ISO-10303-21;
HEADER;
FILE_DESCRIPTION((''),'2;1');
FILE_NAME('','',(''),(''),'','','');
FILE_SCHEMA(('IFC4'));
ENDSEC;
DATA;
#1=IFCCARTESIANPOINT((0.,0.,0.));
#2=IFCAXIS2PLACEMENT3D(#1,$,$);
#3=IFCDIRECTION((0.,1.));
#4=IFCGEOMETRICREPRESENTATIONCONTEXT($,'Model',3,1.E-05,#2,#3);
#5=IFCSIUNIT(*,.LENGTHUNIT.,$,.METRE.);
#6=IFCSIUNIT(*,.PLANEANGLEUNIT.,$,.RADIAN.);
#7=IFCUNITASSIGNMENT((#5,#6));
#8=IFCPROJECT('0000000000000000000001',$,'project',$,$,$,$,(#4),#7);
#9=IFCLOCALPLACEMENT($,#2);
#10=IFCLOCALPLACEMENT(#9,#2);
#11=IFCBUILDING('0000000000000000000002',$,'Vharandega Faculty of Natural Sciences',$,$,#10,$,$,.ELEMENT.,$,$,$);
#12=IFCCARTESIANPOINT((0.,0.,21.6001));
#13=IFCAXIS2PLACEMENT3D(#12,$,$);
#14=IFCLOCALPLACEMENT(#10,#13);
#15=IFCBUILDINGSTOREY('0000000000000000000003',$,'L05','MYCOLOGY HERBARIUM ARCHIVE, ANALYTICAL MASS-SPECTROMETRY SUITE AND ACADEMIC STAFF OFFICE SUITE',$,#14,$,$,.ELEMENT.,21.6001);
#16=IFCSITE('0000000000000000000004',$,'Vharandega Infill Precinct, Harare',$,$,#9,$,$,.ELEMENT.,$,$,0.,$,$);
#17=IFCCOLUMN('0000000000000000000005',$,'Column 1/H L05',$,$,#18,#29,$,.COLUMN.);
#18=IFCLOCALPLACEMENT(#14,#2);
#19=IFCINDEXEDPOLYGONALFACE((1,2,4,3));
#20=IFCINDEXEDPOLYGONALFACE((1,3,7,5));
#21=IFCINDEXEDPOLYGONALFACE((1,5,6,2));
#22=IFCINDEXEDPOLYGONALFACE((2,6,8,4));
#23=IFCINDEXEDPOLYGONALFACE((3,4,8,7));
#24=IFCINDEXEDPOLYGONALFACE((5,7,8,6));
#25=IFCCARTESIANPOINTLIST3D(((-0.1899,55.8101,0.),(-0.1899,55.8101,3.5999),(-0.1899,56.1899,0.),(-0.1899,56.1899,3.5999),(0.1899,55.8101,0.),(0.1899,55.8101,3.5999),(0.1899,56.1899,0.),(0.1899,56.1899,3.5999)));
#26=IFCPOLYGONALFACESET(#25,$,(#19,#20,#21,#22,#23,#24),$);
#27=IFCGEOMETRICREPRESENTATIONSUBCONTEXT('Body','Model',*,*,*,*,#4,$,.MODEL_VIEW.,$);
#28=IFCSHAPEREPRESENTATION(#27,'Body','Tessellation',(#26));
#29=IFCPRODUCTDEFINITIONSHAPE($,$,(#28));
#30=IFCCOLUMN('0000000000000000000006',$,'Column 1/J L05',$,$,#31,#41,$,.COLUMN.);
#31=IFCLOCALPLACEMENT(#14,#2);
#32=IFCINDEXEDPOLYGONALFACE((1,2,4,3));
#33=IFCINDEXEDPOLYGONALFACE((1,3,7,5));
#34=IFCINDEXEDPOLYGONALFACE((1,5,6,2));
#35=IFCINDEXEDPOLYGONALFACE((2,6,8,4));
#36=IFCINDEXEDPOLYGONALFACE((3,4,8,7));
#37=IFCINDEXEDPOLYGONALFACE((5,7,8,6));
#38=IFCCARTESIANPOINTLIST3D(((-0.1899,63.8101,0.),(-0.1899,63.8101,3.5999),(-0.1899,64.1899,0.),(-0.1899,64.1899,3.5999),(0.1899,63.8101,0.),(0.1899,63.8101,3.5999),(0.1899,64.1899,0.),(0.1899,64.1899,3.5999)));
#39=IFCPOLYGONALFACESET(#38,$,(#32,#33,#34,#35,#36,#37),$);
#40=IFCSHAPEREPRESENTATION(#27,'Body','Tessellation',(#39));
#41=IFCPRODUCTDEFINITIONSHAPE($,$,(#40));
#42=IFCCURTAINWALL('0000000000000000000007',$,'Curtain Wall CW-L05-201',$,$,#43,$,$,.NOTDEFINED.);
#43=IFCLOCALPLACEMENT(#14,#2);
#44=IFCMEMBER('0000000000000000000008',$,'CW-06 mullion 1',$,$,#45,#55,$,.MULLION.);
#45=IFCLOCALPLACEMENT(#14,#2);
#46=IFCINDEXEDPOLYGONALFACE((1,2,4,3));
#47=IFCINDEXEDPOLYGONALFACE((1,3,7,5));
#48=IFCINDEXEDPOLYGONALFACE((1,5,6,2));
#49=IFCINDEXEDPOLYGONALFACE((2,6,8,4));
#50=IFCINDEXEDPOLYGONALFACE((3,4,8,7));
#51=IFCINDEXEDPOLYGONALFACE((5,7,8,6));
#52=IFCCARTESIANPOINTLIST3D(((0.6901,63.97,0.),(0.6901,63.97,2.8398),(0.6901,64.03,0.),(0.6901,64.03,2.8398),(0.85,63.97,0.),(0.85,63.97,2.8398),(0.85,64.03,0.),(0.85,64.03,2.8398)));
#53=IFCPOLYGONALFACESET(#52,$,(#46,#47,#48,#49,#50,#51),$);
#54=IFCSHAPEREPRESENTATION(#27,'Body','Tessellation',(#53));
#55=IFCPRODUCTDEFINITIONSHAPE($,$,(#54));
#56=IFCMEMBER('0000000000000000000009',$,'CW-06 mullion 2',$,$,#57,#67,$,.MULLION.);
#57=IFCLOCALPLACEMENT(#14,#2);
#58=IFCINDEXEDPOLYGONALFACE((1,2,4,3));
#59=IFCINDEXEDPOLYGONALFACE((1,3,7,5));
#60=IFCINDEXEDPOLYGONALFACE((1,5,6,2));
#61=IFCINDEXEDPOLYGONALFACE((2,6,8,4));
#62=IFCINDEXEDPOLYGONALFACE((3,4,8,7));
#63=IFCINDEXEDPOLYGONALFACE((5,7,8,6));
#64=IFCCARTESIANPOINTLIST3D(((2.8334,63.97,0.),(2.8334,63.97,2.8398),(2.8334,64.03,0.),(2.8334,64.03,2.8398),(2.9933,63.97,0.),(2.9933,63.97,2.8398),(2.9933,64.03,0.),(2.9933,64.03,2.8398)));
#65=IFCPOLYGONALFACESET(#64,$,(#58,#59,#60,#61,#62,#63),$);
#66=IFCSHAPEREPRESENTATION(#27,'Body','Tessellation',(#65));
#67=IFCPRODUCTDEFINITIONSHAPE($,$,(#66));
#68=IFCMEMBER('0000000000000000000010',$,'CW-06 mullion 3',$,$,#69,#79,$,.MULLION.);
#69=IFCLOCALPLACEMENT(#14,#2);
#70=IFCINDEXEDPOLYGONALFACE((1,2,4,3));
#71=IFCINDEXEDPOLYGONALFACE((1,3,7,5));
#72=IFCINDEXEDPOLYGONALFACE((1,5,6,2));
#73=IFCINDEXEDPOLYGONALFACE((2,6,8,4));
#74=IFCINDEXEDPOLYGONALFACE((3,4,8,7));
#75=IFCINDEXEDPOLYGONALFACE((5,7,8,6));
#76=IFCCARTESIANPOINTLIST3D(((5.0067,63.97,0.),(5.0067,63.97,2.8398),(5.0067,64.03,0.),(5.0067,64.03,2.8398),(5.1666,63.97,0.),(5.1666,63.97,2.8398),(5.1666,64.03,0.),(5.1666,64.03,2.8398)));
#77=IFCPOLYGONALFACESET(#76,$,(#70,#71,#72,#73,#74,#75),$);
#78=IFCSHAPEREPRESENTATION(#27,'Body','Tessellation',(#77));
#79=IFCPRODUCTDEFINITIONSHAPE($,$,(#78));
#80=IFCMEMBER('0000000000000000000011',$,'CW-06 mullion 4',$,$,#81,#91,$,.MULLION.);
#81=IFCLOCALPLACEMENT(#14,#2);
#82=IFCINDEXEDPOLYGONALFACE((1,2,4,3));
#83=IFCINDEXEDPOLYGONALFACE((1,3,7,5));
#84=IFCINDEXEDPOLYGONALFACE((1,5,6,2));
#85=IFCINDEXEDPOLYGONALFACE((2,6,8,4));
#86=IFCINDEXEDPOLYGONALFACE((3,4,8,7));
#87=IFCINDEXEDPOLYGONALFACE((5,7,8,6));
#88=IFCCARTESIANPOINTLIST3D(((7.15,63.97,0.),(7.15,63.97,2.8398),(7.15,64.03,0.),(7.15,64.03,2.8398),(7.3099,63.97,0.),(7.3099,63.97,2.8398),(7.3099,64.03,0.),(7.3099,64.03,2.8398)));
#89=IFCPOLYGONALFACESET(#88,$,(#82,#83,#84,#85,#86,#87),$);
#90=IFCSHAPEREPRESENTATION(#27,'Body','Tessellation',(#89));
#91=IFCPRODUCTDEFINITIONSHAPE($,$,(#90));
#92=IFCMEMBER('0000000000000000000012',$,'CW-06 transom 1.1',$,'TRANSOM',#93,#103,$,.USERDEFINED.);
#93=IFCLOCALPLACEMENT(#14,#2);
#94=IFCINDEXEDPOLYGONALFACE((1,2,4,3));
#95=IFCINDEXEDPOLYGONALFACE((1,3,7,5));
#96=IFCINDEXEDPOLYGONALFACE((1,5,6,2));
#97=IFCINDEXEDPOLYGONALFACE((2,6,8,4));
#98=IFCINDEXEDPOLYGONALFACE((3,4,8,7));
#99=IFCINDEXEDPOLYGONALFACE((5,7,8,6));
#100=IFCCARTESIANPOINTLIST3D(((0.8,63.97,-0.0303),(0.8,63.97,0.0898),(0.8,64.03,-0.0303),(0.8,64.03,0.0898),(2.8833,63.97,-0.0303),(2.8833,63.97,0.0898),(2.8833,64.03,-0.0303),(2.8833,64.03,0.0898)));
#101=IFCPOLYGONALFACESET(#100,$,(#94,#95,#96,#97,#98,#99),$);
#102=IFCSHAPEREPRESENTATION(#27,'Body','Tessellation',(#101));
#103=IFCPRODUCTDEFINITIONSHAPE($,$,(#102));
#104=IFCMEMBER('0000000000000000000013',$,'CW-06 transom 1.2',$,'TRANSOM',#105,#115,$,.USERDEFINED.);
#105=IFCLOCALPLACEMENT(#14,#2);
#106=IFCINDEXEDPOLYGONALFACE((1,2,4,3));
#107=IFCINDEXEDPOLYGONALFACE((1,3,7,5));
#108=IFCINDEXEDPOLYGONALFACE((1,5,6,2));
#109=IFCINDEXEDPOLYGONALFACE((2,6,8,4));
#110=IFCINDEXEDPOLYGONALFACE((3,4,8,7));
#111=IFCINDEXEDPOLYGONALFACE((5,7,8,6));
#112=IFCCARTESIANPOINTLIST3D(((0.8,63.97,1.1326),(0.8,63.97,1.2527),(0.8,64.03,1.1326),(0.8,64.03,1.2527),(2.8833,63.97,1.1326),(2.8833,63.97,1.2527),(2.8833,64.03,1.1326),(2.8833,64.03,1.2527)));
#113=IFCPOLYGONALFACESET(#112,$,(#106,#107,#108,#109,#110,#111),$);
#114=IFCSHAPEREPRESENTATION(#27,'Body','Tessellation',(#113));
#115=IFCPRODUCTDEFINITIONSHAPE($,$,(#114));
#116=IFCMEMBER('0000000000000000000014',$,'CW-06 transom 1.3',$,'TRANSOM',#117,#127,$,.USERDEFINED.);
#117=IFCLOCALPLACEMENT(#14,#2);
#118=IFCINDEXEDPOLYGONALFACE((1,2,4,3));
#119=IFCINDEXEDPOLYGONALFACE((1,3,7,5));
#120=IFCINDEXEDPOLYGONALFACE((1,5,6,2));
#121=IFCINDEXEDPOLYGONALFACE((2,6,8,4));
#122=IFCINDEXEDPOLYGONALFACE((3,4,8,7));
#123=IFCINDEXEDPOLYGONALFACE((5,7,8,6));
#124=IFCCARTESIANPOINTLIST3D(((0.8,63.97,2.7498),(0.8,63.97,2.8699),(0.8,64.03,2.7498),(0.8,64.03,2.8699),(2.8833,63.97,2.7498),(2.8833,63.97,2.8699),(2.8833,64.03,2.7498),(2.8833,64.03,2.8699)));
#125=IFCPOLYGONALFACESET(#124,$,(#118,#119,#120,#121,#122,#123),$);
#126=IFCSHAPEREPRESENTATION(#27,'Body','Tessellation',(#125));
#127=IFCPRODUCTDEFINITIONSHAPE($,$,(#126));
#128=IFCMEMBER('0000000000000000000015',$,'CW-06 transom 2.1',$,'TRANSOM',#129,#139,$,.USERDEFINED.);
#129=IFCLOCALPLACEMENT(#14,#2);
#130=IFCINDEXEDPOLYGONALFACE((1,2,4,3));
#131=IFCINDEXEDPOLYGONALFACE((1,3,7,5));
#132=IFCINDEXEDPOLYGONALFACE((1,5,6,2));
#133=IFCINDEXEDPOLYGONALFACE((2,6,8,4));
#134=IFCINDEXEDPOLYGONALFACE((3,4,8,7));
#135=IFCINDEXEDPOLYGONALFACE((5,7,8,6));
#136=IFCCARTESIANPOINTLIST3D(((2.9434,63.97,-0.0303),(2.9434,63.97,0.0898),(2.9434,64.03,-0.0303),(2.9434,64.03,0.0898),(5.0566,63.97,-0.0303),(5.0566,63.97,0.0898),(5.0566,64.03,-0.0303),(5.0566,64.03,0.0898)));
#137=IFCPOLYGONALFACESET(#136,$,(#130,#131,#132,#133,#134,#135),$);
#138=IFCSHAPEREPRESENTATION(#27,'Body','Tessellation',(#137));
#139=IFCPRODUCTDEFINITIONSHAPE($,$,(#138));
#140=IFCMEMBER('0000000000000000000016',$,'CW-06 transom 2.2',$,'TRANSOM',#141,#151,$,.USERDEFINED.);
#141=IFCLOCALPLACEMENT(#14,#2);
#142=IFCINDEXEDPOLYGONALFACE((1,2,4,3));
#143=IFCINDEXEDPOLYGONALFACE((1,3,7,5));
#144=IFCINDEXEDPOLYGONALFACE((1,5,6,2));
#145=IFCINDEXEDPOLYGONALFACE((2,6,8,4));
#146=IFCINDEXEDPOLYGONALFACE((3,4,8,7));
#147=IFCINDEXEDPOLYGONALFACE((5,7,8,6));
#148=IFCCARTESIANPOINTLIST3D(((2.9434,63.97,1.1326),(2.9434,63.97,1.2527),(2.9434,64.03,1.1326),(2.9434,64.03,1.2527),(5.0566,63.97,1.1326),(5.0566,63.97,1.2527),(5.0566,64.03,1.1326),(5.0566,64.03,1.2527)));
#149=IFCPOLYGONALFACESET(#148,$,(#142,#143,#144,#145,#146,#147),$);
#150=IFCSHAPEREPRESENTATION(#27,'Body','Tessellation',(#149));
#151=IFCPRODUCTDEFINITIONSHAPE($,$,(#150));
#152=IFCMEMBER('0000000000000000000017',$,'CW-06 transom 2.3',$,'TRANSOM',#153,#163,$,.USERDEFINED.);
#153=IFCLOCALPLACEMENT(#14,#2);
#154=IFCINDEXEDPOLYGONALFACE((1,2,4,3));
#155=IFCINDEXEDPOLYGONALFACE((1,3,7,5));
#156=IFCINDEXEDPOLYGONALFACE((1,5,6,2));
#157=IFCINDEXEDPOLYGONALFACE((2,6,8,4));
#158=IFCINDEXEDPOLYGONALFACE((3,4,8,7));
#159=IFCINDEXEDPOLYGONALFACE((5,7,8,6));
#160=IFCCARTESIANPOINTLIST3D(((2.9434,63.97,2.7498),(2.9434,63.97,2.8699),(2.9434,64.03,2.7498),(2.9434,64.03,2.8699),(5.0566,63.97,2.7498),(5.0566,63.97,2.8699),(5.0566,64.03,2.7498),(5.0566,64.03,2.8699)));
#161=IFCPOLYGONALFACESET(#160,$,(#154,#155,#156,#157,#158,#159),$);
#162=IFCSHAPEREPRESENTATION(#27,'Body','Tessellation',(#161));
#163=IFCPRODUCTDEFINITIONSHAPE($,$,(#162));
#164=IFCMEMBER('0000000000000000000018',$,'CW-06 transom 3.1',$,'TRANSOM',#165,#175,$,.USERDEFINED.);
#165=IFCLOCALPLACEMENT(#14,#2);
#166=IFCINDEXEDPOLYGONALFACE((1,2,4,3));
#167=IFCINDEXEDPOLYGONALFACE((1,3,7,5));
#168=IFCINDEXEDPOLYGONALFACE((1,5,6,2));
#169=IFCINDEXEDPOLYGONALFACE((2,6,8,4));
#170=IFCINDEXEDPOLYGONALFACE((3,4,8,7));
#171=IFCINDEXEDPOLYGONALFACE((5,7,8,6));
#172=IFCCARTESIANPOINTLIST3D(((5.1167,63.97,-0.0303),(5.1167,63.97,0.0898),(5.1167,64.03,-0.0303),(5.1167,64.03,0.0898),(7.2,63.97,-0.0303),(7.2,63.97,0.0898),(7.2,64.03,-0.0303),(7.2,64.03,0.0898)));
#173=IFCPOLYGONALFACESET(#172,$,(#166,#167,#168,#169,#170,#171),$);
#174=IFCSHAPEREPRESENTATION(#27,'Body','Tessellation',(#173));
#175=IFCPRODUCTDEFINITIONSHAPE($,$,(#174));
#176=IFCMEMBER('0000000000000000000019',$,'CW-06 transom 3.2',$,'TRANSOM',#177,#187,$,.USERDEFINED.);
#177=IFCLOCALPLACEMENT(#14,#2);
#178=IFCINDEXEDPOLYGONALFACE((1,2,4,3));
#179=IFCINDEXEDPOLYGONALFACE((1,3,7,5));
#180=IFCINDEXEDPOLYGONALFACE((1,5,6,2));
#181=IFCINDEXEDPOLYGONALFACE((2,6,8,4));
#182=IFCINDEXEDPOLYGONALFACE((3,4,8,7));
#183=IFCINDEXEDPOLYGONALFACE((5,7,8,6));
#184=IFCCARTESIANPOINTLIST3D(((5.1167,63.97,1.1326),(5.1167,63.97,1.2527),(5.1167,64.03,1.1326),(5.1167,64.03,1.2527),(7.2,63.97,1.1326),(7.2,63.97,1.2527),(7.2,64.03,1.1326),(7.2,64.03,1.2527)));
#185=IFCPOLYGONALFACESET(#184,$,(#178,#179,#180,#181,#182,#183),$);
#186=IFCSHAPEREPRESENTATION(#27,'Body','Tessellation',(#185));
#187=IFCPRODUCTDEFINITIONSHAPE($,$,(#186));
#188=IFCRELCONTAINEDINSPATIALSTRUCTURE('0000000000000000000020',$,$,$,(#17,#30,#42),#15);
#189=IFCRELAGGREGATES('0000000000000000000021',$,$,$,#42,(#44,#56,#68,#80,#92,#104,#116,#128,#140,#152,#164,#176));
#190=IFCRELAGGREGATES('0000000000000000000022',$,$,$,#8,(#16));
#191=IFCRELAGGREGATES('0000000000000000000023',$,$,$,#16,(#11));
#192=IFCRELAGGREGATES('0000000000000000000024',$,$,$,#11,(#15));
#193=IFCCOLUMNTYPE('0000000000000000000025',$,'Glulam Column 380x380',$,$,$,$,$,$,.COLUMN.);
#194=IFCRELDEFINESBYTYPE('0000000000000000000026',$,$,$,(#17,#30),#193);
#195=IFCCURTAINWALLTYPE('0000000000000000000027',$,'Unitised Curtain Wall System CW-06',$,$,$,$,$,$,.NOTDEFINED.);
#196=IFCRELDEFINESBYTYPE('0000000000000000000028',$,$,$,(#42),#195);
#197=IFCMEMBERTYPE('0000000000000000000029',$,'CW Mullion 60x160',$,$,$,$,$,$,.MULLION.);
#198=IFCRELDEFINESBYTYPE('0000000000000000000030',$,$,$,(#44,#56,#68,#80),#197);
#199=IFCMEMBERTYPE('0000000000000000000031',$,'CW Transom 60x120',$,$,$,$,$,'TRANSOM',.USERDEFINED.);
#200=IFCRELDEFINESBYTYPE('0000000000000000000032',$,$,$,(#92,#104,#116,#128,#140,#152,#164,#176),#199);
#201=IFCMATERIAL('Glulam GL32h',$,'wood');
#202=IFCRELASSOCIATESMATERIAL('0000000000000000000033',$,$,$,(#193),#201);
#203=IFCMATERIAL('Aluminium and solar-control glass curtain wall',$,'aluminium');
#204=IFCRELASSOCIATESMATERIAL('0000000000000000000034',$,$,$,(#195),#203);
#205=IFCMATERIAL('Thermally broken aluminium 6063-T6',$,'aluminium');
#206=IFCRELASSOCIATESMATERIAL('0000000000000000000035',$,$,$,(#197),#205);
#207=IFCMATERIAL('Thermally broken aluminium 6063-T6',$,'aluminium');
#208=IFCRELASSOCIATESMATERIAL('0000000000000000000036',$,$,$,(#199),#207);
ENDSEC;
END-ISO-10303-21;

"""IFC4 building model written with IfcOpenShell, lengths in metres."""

from ifc_helpers import new_model, si_unit, direction, frame, origin, origin_2d, place, context, subcontext, project, spatial, rectangle, extrude, material, material_profile, profile_set, type_object, element, aggregate, save


model = new_model("IFC4")

# Units and contexts
model_context = context("Model", 3, precision=1e-05, world=origin(), true_north=direction((0.0, 1.0)))
body_context = subcontext(model_context, "Body", "Model", "MODEL_VIEW")
ifc_project = project(units=[si_unit("LENGTHUNIT", "METRE"), si_unit("PLANEANGLEUNIT", "RADIAN")], contexts=[model_context])

# Site, building, storey
site_placement = place(None, origin())
site = spatial("IfcSite", under=ifc_project, at=site_placement, Name="Vharandega Infill Precinct, Harare", CompositionType="ELEMENT", RefElevation=0.0)
building_placement = place(site_placement, origin())
building = spatial("IfcBuilding", under=site, at=building_placement, Name="Vharandega Faculty of Natural Sciences", CompositionType="ELEMENT")
storey_placement = place(building_placement, frame((0.0, 0.0, 21.6001)))
storey = spatial("IfcBuildingStorey", under=building, at=storey_placement, Name="L05", Description="MYCOLOGY HERBARIUM ARCHIVE, ANALYTICAL MASS-SPECTROMETRY SUITE AND ACADEMIC STAFF OFFICE SUITE", CompositionType="ELEMENT", Elevation=21.6001)

# Columns
ifc_material_1 = material(Name="Glulam GL32h", Category="wood")
ifc_material_profile_1 = material_profile(ifc_material_1, rectangle(XDim=0.3799, YDim=0.3799, at=origin_2d()), Name="GL32h 380x380")
ifc_profile_set_1 = profile_set([ifc_material_profile_1], Name="Glulam GL32h")
column_type = type_object("IfcColumnType", Name="Glulam Column 380x380", PredefinedType="COLUMN", material=ifc_profile_set_1)
for number, where, z_axis, x_axis, name in (
    (1, (0.0, 56.0, 0.0), (0.0, 0.0, 1.0), (1.0, 0.0, 0.0), "Column 1/H L05"),
    (2, (0.0, 64.0, 0.0), (0.0, 0.0, 1.0), (1.0, 0.0, 0.0), "Column 1/J L05"),
):
    element("IfcColumn", number, at=place(storey_placement, frame(where, z_axis=z_axis, x_axis=x_axis)), inside=storey, type_object=column_type, Name=name, PredefinedType="COLUMN", context=body_context, shape_type="SweptSolid", body=[
        extrude(rectangle(XDim=0.3799, YDim=0.3799, at=origin_2d()), origin(), (0.0, 0.0, 1.0), 3.5999),
    ])

# Curtain wall, members
ifc_material_2 = material(Name="Aluminium and solar-control glass curtain wall", Category="aluminium")
curtain_wall_type = type_object("IfcCurtainWallType", Name="Unitised Curtain Wall System CW-06", PredefinedType="NOTDEFINED", material=ifc_material_2)
curtain_wall_placement = place(storey_placement, origin())
curtain_wall = element("IfcCurtainWall", 3, at=curtain_wall_placement, inside=storey, type_object=curtain_wall_type, Name="Curtain Wall CW-L05-201", PredefinedType="NOTDEFINED")
ifc_material_3 = material(Name="Thermally broken aluminium 6063-T6", Category="aluminium")
ifc_material_profile_2 = material_profile(ifc_material_3, rectangle(XDim=0.0601, YDim=0.1599, at=origin_2d()), Name="ALU 60x160")
ifc_profile_set_2 = profile_set([ifc_material_profile_2], Name="Thermally broken aluminium 6063-T6")
member_type_1 = type_object("IfcMemberType", Name="CW Mullion 60x160", PredefinedType="MULLION", material=ifc_profile_set_2)
member_1_placement = place(storey_placement, frame((0.77, 64.0, 0.0), z_axis=(0.0, 0.0, 1.0), x_axis=(0.0, 1.0, 0.0)))
member_1 = element("IfcMember", 4, at=member_1_placement, type_object=member_type_1, Name="CW-06 mullion 1", PredefinedType="MULLION", context=body_context, shape_type="SweptSolid", body=[
    extrude(rectangle(XDim=0.0601, YDim=0.1599, at=origin_2d()), origin(), (0.0, 0.0, 1.0), 2.8398),
])
member_2_placement = place(storey_placement, frame((2.9133, 64.0, 0.0), z_axis=(0.0, 0.0, 1.0), x_axis=(0.0, 1.0, 0.0)))
member_2 = element("IfcMember", 5, at=member_2_placement, type_object=member_type_1, Name="CW-06 mullion 2", PredefinedType="MULLION", context=body_context, shape_type="SweptSolid", body=[
    extrude(rectangle(XDim=0.0601, YDim=0.1599, at=origin_2d()), origin(), (0.0, 0.0, 1.0), 2.8398),
])
member_3_placement = place(storey_placement, frame((5.0867, 64.0, 0.0), z_axis=(0.0, 0.0, 1.0), x_axis=(0.0, 1.0, 0.0)))
member_3 = element("IfcMember", 6, at=member_3_placement, type_object=member_type_1, Name="CW-06 mullion 3", PredefinedType="MULLION", context=body_context, shape_type="SweptSolid", body=[
    extrude(rectangle(XDim=0.0601, YDim=0.1599, at=origin_2d()), origin(), (0.0, 0.0, 1.0), 2.8398),
])
member_4_placement = place(storey_placement, frame((7.23, 64.0, 0.0), z_axis=(0.0, 0.0, 1.0), x_axis=(0.0, 1.0, 0.0)))
member_4 = element("IfcMember", 7, at=member_4_placement, type_object=member_type_1, Name="CW-06 mullion 4", PredefinedType="MULLION", context=body_context, shape_type="SweptSolid", body=[
    extrude(rectangle(XDim=0.0601, YDim=0.1599, at=origin_2d()), origin(), (0.0, 0.0, 1.0), 2.8398),
])
ifc_material_4 = material(Name="Thermally broken aluminium 6063-T6", Category="aluminium")
ifc_material_profile_3 = material_profile(ifc_material_4, rectangle(XDim=0.0601, YDim=0.1201, at=origin_2d()), Name="ALU 60x120")
ifc_profile_set_3 = profile_set([ifc_material_profile_3], Name="Thermally broken aluminium 6063-T6")
member_type_2 = type_object("IfcMemberType", Name="CW Transom 60x120", ElementType="TRANSOM", PredefinedType="USERDEFINED", material=ifc_profile_set_3)
member_5_placement = place(storey_placement, frame((0.8, 64.0, 0.0298), z_axis=(1.0, 0.0, 0.0), x_axis=(0.0, 1.0, 0.0)))
member_5 = element("IfcMember", 8, at=member_5_placement, type_object=member_type_2, Name="CW-06 transom 1.1", ObjectType="TRANSOM", PredefinedType="USERDEFINED", context=body_context, shape_type="SweptSolid", body=[
    extrude(rectangle(XDim=0.0601, YDim=0.1201, at=origin_2d()), origin(), (0.0, 0.0, 1.0), 2.0833),
])
member_6_placement = place(storey_placement, frame((0.8, 64.0, 1.1926), z_axis=(1.0, 0.0, 0.0), x_axis=(0.0, 1.0, 0.0)))
member_6 = element("IfcMember", 9, at=member_6_placement, type_object=member_type_2, Name="CW-06 transom 1.2", ObjectType="TRANSOM", PredefinedType="USERDEFINED", context=body_context, shape_type="SweptSolid", body=[
    extrude(rectangle(XDim=0.0601, YDim=0.1201, at=origin_2d()), origin(), (0.0, 0.0, 1.0), 2.0833),
])
member_7_placement = place(storey_placement, frame((0.8, 64.0, 2.8098), z_axis=(1.0, 0.0, 0.0), x_axis=(0.0, 1.0, 0.0)))
member_7 = element("IfcMember", 10, at=member_7_placement, type_object=member_type_2, Name="CW-06 transom 1.3", ObjectType="TRANSOM", PredefinedType="USERDEFINED", context=body_context, shape_type="SweptSolid", body=[
    extrude(rectangle(XDim=0.0601, YDim=0.1201, at=origin_2d()), origin(), (0.0, 0.0, 1.0), 2.0833),
])
member_8_placement = place(storey_placement, frame((2.9434, 64.0, 0.0298), z_axis=(1.0, 0.0, 0.0), x_axis=(0.0, 1.0, 0.0)))
member_8 = element("IfcMember", 11, at=member_8_placement, type_object=member_type_2, Name="CW-06 transom 2.1", ObjectType="TRANSOM", PredefinedType="USERDEFINED", context=body_context, shape_type="SweptSolid", body=[
    extrude(rectangle(XDim=0.0601, YDim=0.1201, at=origin_2d()), origin(), (0.0, 0.0, 1.0), 2.1133),
])
member_9_placement = place(storey_placement, frame((2.9434, 64.0, 1.1926), z_axis=(1.0, 0.0, 0.0), x_axis=(0.0, 1.0, 0.0)))
member_9 = element("IfcMember", 12, at=member_9_placement, type_object=member_type_2, Name="CW-06 transom 2.2", ObjectType="TRANSOM", PredefinedType="USERDEFINED", context=body_context, shape_type="SweptSolid", body=[
    extrude(rectangle(XDim=0.0601, YDim=0.1201, at=origin_2d()), origin(), (0.0, 0.0, 1.0), 2.1133),
])
member_10_placement = place(storey_placement, frame((2.9434, 64.0, 2.8098), z_axis=(1.0, 0.0, 0.0), x_axis=(0.0, 1.0, 0.0)))
member_10 = element("IfcMember", 13, at=member_10_placement, type_object=member_type_2, Name="CW-06 transom 2.3", ObjectType="TRANSOM", PredefinedType="USERDEFINED", context=body_context, shape_type="SweptSolid", body=[
    extrude(rectangle(XDim=0.0601, YDim=0.1201, at=origin_2d()), origin(), (0.0, 0.0, 1.0), 2.1133),
])
member_11_placement = place(storey_placement, frame((5.1167, 64.0, 0.0298), z_axis=(1.0, 0.0, 0.0), x_axis=(0.0, 1.0, 0.0)))
member_11 = element("IfcMember", 14, at=member_11_placement, type_object=member_type_2, Name="CW-06 transom 3.1", ObjectType="TRANSOM", PredefinedType="USERDEFINED", context=body_context, shape_type="SweptSolid", body=[
    extrude(rectangle(XDim=0.0601, YDim=0.1201, at=origin_2d()), origin(), (0.0, 0.0, 1.0), 2.0833),
])
member_12_placement = place(storey_placement, frame((5.1167, 64.0, 1.1926), z_axis=(1.0, 0.0, 0.0), x_axis=(0.0, 1.0, 0.0)))
member_12 = element("IfcMember", 15, at=member_12_placement, type_object=member_type_2, Name="CW-06 transom 3.2", ObjectType="TRANSOM", PredefinedType="USERDEFINED", context=body_context, shape_type="SweptSolid", body=[
    extrude(rectangle(XDim=0.0601, YDim=0.1201, at=origin_2d()), origin(), (0.0, 0.0, 1.0), 2.0833),
])

aggregate(curtain_wall, [member_1, member_2, member_3, member_4, member_5, member_6, member_7, member_8, member_9, member_10, member_11, member_12])

save(model, "model.ifc")
